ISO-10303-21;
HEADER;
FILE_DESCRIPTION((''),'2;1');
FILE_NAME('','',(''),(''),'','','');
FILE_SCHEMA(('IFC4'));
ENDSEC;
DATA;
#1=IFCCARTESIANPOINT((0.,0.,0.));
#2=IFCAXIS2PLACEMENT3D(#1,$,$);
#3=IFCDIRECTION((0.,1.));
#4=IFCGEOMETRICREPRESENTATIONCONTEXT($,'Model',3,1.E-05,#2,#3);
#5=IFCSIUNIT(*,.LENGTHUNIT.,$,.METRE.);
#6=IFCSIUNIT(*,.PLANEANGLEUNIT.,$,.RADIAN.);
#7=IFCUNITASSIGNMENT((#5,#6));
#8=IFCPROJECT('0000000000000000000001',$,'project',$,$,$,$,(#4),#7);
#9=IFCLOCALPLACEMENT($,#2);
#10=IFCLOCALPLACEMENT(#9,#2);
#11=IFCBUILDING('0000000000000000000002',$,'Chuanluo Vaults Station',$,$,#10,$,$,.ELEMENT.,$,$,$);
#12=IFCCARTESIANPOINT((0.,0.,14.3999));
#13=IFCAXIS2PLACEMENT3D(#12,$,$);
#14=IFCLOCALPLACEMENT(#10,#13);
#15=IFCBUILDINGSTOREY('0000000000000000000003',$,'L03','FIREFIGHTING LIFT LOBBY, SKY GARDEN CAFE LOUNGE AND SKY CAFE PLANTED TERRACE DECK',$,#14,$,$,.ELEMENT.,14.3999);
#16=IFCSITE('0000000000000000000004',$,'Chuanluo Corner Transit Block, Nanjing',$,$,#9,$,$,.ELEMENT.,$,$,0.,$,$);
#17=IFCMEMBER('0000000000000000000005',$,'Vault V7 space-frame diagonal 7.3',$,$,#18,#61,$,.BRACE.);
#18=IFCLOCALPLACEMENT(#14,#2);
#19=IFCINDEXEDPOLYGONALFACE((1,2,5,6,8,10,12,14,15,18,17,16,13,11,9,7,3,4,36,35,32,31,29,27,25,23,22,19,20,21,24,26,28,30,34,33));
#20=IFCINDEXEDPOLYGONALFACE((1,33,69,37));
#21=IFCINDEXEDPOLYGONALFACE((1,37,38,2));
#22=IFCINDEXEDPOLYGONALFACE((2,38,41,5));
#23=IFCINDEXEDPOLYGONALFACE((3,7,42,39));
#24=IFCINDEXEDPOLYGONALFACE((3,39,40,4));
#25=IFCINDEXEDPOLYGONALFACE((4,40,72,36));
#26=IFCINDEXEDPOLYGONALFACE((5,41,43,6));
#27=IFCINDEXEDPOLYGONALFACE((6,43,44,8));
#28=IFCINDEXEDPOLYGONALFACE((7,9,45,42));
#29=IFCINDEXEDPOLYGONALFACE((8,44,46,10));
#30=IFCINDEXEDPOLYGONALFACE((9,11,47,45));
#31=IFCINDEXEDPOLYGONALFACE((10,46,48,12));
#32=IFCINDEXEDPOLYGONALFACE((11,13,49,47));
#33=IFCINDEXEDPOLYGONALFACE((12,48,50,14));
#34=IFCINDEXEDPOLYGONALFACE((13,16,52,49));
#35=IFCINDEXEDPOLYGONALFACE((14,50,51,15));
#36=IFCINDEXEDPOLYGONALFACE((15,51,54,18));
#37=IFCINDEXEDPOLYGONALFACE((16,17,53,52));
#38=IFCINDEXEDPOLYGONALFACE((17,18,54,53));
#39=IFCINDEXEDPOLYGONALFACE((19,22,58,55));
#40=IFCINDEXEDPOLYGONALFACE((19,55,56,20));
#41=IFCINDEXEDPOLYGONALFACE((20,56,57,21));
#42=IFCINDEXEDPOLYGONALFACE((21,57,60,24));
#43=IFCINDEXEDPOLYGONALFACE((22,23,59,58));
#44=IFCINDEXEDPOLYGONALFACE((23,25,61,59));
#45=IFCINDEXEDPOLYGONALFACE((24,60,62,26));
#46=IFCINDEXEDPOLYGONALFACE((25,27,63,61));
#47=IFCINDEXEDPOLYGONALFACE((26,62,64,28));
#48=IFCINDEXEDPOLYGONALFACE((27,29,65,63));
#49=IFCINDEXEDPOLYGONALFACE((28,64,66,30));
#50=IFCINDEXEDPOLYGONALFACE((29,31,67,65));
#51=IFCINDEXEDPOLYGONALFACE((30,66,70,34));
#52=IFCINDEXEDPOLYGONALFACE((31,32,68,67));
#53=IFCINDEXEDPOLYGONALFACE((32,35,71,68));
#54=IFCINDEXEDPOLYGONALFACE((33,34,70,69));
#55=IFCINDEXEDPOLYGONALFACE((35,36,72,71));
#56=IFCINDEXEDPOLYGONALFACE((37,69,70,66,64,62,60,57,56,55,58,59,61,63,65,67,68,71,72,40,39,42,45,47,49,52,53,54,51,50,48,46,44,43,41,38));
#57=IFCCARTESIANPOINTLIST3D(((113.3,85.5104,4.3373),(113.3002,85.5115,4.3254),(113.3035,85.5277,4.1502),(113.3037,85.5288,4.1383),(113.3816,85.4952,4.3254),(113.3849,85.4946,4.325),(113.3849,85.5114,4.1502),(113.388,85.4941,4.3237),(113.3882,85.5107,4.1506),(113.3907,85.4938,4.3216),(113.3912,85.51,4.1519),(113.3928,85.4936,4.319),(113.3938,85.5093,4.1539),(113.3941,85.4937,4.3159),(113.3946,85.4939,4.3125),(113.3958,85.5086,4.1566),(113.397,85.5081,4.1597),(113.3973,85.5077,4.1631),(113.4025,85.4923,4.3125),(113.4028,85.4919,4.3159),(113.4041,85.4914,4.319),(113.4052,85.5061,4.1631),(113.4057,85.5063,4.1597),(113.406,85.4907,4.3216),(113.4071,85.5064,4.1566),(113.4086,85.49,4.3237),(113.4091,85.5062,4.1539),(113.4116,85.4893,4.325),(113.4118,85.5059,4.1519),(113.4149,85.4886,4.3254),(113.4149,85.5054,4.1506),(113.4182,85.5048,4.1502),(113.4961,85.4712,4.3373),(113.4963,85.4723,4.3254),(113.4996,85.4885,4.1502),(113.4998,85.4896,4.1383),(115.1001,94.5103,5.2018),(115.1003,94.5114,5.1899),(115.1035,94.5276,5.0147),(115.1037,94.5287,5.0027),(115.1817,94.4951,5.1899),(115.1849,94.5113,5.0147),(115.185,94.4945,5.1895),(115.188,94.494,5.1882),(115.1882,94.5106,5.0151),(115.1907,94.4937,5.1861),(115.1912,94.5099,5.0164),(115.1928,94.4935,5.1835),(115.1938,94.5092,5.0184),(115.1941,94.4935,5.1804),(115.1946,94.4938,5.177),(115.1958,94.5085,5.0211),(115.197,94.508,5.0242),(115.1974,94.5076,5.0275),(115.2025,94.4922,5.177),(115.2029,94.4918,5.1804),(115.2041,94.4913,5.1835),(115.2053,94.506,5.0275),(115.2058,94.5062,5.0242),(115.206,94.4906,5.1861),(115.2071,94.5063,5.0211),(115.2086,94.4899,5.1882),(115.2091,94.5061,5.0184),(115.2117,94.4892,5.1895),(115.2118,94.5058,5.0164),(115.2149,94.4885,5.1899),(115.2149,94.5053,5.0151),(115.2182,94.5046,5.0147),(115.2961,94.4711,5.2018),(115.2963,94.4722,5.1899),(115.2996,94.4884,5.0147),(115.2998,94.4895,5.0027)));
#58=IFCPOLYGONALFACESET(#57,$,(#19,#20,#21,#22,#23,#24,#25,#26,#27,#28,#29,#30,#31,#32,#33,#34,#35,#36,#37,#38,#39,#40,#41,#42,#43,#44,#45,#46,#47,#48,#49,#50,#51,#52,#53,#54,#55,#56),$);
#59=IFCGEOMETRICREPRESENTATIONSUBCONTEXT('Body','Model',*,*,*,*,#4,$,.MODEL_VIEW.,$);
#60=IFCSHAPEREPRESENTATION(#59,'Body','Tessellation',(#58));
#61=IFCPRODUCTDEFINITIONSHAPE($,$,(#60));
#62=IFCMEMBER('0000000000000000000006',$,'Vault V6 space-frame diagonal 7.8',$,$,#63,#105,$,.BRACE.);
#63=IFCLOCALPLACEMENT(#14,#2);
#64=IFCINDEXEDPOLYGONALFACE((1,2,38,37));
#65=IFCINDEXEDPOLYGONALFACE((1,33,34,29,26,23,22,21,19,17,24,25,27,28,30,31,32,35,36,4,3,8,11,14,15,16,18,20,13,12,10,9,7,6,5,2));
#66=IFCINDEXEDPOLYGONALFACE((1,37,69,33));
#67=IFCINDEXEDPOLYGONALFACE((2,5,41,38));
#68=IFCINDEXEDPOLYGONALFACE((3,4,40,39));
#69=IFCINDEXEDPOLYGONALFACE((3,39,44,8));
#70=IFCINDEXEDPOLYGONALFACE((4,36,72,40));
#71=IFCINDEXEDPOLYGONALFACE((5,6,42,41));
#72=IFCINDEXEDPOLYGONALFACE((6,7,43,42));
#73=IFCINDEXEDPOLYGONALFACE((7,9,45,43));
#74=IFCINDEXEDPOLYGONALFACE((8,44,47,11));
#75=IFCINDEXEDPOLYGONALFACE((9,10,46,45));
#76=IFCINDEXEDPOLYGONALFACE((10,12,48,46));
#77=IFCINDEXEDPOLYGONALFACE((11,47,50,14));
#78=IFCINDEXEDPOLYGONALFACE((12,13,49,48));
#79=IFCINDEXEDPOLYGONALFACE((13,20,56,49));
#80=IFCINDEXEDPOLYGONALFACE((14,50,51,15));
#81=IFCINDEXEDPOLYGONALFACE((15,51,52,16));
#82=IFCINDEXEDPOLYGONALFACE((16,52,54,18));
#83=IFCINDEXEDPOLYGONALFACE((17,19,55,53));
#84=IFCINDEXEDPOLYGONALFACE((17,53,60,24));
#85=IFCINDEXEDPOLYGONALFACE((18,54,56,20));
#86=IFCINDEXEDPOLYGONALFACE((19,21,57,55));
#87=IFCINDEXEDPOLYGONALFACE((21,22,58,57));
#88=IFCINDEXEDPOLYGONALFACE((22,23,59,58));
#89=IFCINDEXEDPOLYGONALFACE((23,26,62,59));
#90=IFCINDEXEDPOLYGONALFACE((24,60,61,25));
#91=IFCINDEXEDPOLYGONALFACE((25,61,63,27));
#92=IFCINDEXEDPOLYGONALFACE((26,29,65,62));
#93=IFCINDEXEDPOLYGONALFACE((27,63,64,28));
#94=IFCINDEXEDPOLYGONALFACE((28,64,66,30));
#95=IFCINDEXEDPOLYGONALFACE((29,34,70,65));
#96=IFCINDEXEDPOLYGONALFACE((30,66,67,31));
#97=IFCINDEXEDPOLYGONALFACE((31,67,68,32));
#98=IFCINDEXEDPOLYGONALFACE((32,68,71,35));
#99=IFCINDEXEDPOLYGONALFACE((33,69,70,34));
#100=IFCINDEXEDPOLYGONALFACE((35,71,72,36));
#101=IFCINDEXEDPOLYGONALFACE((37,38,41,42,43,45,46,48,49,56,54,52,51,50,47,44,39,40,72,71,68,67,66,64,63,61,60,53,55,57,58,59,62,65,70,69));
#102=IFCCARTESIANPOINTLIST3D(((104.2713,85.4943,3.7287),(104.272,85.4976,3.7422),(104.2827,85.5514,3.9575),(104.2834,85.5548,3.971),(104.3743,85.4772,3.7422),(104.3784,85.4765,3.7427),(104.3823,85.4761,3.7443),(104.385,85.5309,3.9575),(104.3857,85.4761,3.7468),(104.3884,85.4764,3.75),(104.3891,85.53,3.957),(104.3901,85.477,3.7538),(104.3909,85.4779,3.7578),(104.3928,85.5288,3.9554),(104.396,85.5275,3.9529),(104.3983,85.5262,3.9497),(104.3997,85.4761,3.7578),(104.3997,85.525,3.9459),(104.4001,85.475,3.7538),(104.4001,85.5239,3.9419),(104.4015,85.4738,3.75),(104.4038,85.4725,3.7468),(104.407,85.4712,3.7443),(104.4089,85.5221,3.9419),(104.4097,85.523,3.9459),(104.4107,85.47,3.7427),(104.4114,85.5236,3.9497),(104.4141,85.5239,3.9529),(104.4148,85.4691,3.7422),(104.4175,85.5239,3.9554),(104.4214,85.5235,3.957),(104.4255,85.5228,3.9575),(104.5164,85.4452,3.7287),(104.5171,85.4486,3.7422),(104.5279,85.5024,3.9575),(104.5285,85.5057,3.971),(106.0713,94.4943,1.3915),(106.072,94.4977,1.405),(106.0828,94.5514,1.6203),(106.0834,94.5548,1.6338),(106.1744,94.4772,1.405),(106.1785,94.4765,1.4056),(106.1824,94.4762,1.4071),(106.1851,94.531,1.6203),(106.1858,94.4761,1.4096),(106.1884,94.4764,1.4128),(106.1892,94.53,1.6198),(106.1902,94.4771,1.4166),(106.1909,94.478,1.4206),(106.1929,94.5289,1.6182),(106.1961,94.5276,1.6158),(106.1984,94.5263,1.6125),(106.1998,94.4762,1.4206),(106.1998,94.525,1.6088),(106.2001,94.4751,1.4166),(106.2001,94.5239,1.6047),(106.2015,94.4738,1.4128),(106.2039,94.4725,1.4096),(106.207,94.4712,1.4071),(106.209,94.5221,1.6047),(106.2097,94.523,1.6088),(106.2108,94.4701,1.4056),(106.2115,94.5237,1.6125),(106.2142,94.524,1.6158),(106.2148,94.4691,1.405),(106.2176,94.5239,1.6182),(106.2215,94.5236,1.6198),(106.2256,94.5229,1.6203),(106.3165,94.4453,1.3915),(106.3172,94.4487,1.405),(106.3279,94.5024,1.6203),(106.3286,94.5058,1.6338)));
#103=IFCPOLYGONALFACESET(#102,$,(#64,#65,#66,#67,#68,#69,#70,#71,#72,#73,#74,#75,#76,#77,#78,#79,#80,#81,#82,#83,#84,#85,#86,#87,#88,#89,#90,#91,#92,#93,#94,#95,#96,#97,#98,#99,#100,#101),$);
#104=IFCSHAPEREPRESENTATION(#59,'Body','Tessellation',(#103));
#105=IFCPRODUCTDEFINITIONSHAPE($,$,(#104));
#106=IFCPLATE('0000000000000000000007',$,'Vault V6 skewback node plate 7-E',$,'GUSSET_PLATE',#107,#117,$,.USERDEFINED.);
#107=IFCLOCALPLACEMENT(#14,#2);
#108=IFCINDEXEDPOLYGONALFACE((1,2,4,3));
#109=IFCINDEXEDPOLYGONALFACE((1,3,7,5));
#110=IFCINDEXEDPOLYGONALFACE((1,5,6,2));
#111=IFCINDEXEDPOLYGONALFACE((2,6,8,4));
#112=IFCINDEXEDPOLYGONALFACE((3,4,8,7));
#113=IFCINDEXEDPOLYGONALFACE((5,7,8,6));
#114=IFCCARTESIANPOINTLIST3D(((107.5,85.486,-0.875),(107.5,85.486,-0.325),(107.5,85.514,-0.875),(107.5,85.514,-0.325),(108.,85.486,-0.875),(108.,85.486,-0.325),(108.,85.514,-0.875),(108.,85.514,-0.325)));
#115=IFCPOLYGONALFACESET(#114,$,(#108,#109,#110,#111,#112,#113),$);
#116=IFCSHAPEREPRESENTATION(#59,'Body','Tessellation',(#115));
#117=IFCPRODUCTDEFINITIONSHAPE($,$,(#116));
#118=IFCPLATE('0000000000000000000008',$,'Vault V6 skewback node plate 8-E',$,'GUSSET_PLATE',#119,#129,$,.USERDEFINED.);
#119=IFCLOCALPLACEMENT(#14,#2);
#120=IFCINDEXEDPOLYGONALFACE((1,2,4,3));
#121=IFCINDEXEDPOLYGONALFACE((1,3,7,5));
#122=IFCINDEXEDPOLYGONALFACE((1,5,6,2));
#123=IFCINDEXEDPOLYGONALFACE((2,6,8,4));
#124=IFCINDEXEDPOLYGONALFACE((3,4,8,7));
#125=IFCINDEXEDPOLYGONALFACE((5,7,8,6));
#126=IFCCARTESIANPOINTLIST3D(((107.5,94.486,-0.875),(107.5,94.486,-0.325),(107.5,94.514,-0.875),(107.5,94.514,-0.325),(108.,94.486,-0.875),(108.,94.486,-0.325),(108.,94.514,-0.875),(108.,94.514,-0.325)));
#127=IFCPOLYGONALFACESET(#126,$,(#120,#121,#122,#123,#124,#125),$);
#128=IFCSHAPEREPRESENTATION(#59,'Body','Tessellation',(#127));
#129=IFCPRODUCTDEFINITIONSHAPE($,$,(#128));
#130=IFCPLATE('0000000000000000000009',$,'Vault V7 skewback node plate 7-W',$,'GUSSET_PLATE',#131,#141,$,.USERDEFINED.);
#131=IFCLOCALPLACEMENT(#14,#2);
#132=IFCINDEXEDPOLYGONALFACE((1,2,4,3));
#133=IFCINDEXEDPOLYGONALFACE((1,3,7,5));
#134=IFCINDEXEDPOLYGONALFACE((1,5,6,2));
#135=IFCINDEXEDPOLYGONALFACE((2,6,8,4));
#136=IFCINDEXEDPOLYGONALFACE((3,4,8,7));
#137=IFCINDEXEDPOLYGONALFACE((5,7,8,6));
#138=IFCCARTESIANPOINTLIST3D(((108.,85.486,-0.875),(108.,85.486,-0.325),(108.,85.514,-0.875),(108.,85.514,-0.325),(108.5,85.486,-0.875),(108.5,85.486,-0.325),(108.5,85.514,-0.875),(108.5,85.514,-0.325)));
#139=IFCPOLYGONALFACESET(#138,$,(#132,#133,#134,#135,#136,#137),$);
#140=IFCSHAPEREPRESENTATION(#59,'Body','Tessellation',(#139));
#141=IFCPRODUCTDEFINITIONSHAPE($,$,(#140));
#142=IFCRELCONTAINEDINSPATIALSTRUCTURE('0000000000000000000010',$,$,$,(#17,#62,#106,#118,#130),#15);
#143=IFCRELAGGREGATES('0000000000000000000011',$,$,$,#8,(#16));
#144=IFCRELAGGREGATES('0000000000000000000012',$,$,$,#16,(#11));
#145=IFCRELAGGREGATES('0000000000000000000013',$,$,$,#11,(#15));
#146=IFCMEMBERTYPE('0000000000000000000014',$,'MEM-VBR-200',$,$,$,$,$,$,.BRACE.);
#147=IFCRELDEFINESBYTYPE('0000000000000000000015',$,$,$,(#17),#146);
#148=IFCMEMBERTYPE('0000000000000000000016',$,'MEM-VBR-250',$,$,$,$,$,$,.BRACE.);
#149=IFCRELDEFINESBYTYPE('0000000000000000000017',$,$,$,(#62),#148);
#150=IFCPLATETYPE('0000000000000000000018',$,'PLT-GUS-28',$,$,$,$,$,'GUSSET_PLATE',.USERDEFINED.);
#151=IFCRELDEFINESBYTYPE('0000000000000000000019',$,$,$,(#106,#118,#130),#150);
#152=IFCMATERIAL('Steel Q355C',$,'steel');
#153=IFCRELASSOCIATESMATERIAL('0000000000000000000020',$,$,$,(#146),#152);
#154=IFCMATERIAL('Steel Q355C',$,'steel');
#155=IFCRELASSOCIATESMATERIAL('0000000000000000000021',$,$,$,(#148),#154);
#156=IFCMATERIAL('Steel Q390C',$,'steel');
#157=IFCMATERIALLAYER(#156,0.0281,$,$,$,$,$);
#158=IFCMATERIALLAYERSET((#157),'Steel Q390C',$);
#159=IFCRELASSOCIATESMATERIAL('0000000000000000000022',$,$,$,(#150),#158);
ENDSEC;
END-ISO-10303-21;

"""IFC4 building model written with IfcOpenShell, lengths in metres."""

from ifc_helpers import new_model, si_unit, direction, frame, origin, origin_2d, place, context, subcontext, project, spatial, rectangle, i_section, extrude, material, layer, layer_set, material_profile, profile_set, type_object, element, save


model = new_model("IFC4")

# Units and contexts
model_context = context("Model", 3, precision=1e-05, world=origin(), true_north=direction((0.0, 1.0)))
body_context = subcontext(model_context, "Body", "Model", "MODEL_VIEW")
ifc_project = project(units=[si_unit("LENGTHUNIT", "METRE"), si_unit("PLANEANGLEUNIT", "RADIAN")], contexts=[model_context])

# Site, building, storey
site_placement = place(None, origin())
site = spatial("IfcSite", under=ifc_project, at=site_placement, Name="Chuanluo Corner Transit Block, Nanjing", CompositionType="ELEMENT", RefElevation=0.0)
building_placement = place(site_placement, origin())
building = spatial("IfcBuilding", under=site, at=building_placement, Name="Chuanluo Vaults Station", CompositionType="ELEMENT")
storey_placement = place(building_placement, frame((0.0, 0.0, 14.3999)))
storey = spatial("IfcBuildingStorey", under=building, at=storey_placement, Name="L03", Description="FIREFIGHTING LIFT LOBBY, SKY GARDEN CAFE LOUNGE AND SKY CAFE PLANTED TERRACE DECK", CompositionType="ELEMENT", Elevation=14.3999)

# Members
ifc_material_1 = material(Name="Steel Q355C", Category="steel")
ifc_material_profile_1 = material_profile(ifc_material_1, i_section(OverallWidth=0.2, OverallDepth=0.2, WebThickness=0.0081, FlangeThickness=0.012, FilletRadius=0.0129, at=origin_2d()))
ifc_profile_set_1 = profile_set([ifc_material_profile_1], Name="Steel Q355C")
member_type_1 = type_object("IfcMemberType", Name="MEM-VBR-200", PredefinedType="BRACE", material=ifc_profile_set_1)
member_1_placement = place(storey_placement, frame((113.3999, 85.5, 4.2378), z_axis=(0.195257, 0.976259, 0.093775), x_axis=(-0.98058, 0.196121, 0.0)))
element("IfcMember", 1, at=member_1_placement, inside=storey, type_object=member_type_1, Name="Vault V7 space-frame diagonal 7.3", PredefinedType="BRACE", context=body_context, shape_type="SweptSolid", body=[
    extrude(i_section(OverallWidth=0.2, OverallDepth=0.2, WebThickness=0.0081, FlangeThickness=0.012, FilletRadius=0.0129, at=origin_2d()), origin(), (0.0, 0.0, 1.0), 9.2188),
])
ifc_material_2 = material(Name="Steel Q355C", Category="steel")
ifc_material_profile_2 = material_profile(ifc_material_2, i_section(OverallWidth=0.25, OverallDepth=0.25, WebThickness=0.009, FlangeThickness=0.0139, FilletRadius=0.0161, at=origin_2d()))
ifc_profile_set_2 = profile_set([ifc_material_profile_2], Name="Steel Q355C")
member_type_2 = type_object("IfcMemberType", Name="MEM-VBR-250", PredefinedType="BRACE", material=ifc_profile_set_2)
member_2_placement = place(storey_placement, frame((104.3999, 85.5, 3.8499), z_axis=(0.190056, 0.950255, -0.246766), x_axis=(-0.98058, 0.196121, 0.0)))
element("IfcMember", 2, at=member_2_placement, inside=storey, type_object=member_type_2, Name="Vault V6 space-frame diagonal 7.8", PredefinedType="BRACE", context=body_context, shape_type="SweptSolid", body=[
    extrude(i_section(OverallWidth=0.25, OverallDepth=0.25, WebThickness=0.009, FlangeThickness=0.0139, FilletRadius=0.0161, at=origin_2d()), origin(), (0.0, 0.0, 1.0), 9.4712),
])

# Plates
ifc_material_3 = material(Name="Steel Q390C", Category="steel")
ifc_layer = layer(ifc_material_3, 0.0281)
ifc_layer_set = layer_set([ifc_layer], Name="Steel Q390C")
plate_type = type_object("IfcPlateType", Name="PLT-GUS-28", ElementType="GUSSET_PLATE", PredefinedType="USERDEFINED", material=ifc_layer_set)
for number, where, z_axis, x_axis, name in (
    (3, (107.75, 85.5, -0.875), (0.0, 0.0, 1.0), (1.0, 0.0, 0.0), "Vault V6 skewback node plate 7-E"),
    (4, (107.75, 94.5, -0.875), (0.0, 0.0, 1.0), (1.0, 0.0, 0.0), "Vault V6 skewback node plate 8-E"),
    (5, (108.25, 85.5, -0.875), (0.0, 0.0, 1.0), (1.0, 0.0, 0.0), "Vault V7 skewback node plate 7-W"),
):
    element("IfcPlate", number, at=place(storey_placement, frame(where, z_axis=z_axis, x_axis=x_axis)), inside=storey, type_object=plate_type, Name=name, ObjectType="GUSSET_PLATE", PredefinedType="USERDEFINED", context=body_context, shape_type="SweptSolid", body=[
        extrude(rectangle(XDim=0.5, YDim=0.0281, at=origin_2d()), origin(), (0.0, 0.0, 1.0), 0.55),
    ])

save(model, "model.ifc")
